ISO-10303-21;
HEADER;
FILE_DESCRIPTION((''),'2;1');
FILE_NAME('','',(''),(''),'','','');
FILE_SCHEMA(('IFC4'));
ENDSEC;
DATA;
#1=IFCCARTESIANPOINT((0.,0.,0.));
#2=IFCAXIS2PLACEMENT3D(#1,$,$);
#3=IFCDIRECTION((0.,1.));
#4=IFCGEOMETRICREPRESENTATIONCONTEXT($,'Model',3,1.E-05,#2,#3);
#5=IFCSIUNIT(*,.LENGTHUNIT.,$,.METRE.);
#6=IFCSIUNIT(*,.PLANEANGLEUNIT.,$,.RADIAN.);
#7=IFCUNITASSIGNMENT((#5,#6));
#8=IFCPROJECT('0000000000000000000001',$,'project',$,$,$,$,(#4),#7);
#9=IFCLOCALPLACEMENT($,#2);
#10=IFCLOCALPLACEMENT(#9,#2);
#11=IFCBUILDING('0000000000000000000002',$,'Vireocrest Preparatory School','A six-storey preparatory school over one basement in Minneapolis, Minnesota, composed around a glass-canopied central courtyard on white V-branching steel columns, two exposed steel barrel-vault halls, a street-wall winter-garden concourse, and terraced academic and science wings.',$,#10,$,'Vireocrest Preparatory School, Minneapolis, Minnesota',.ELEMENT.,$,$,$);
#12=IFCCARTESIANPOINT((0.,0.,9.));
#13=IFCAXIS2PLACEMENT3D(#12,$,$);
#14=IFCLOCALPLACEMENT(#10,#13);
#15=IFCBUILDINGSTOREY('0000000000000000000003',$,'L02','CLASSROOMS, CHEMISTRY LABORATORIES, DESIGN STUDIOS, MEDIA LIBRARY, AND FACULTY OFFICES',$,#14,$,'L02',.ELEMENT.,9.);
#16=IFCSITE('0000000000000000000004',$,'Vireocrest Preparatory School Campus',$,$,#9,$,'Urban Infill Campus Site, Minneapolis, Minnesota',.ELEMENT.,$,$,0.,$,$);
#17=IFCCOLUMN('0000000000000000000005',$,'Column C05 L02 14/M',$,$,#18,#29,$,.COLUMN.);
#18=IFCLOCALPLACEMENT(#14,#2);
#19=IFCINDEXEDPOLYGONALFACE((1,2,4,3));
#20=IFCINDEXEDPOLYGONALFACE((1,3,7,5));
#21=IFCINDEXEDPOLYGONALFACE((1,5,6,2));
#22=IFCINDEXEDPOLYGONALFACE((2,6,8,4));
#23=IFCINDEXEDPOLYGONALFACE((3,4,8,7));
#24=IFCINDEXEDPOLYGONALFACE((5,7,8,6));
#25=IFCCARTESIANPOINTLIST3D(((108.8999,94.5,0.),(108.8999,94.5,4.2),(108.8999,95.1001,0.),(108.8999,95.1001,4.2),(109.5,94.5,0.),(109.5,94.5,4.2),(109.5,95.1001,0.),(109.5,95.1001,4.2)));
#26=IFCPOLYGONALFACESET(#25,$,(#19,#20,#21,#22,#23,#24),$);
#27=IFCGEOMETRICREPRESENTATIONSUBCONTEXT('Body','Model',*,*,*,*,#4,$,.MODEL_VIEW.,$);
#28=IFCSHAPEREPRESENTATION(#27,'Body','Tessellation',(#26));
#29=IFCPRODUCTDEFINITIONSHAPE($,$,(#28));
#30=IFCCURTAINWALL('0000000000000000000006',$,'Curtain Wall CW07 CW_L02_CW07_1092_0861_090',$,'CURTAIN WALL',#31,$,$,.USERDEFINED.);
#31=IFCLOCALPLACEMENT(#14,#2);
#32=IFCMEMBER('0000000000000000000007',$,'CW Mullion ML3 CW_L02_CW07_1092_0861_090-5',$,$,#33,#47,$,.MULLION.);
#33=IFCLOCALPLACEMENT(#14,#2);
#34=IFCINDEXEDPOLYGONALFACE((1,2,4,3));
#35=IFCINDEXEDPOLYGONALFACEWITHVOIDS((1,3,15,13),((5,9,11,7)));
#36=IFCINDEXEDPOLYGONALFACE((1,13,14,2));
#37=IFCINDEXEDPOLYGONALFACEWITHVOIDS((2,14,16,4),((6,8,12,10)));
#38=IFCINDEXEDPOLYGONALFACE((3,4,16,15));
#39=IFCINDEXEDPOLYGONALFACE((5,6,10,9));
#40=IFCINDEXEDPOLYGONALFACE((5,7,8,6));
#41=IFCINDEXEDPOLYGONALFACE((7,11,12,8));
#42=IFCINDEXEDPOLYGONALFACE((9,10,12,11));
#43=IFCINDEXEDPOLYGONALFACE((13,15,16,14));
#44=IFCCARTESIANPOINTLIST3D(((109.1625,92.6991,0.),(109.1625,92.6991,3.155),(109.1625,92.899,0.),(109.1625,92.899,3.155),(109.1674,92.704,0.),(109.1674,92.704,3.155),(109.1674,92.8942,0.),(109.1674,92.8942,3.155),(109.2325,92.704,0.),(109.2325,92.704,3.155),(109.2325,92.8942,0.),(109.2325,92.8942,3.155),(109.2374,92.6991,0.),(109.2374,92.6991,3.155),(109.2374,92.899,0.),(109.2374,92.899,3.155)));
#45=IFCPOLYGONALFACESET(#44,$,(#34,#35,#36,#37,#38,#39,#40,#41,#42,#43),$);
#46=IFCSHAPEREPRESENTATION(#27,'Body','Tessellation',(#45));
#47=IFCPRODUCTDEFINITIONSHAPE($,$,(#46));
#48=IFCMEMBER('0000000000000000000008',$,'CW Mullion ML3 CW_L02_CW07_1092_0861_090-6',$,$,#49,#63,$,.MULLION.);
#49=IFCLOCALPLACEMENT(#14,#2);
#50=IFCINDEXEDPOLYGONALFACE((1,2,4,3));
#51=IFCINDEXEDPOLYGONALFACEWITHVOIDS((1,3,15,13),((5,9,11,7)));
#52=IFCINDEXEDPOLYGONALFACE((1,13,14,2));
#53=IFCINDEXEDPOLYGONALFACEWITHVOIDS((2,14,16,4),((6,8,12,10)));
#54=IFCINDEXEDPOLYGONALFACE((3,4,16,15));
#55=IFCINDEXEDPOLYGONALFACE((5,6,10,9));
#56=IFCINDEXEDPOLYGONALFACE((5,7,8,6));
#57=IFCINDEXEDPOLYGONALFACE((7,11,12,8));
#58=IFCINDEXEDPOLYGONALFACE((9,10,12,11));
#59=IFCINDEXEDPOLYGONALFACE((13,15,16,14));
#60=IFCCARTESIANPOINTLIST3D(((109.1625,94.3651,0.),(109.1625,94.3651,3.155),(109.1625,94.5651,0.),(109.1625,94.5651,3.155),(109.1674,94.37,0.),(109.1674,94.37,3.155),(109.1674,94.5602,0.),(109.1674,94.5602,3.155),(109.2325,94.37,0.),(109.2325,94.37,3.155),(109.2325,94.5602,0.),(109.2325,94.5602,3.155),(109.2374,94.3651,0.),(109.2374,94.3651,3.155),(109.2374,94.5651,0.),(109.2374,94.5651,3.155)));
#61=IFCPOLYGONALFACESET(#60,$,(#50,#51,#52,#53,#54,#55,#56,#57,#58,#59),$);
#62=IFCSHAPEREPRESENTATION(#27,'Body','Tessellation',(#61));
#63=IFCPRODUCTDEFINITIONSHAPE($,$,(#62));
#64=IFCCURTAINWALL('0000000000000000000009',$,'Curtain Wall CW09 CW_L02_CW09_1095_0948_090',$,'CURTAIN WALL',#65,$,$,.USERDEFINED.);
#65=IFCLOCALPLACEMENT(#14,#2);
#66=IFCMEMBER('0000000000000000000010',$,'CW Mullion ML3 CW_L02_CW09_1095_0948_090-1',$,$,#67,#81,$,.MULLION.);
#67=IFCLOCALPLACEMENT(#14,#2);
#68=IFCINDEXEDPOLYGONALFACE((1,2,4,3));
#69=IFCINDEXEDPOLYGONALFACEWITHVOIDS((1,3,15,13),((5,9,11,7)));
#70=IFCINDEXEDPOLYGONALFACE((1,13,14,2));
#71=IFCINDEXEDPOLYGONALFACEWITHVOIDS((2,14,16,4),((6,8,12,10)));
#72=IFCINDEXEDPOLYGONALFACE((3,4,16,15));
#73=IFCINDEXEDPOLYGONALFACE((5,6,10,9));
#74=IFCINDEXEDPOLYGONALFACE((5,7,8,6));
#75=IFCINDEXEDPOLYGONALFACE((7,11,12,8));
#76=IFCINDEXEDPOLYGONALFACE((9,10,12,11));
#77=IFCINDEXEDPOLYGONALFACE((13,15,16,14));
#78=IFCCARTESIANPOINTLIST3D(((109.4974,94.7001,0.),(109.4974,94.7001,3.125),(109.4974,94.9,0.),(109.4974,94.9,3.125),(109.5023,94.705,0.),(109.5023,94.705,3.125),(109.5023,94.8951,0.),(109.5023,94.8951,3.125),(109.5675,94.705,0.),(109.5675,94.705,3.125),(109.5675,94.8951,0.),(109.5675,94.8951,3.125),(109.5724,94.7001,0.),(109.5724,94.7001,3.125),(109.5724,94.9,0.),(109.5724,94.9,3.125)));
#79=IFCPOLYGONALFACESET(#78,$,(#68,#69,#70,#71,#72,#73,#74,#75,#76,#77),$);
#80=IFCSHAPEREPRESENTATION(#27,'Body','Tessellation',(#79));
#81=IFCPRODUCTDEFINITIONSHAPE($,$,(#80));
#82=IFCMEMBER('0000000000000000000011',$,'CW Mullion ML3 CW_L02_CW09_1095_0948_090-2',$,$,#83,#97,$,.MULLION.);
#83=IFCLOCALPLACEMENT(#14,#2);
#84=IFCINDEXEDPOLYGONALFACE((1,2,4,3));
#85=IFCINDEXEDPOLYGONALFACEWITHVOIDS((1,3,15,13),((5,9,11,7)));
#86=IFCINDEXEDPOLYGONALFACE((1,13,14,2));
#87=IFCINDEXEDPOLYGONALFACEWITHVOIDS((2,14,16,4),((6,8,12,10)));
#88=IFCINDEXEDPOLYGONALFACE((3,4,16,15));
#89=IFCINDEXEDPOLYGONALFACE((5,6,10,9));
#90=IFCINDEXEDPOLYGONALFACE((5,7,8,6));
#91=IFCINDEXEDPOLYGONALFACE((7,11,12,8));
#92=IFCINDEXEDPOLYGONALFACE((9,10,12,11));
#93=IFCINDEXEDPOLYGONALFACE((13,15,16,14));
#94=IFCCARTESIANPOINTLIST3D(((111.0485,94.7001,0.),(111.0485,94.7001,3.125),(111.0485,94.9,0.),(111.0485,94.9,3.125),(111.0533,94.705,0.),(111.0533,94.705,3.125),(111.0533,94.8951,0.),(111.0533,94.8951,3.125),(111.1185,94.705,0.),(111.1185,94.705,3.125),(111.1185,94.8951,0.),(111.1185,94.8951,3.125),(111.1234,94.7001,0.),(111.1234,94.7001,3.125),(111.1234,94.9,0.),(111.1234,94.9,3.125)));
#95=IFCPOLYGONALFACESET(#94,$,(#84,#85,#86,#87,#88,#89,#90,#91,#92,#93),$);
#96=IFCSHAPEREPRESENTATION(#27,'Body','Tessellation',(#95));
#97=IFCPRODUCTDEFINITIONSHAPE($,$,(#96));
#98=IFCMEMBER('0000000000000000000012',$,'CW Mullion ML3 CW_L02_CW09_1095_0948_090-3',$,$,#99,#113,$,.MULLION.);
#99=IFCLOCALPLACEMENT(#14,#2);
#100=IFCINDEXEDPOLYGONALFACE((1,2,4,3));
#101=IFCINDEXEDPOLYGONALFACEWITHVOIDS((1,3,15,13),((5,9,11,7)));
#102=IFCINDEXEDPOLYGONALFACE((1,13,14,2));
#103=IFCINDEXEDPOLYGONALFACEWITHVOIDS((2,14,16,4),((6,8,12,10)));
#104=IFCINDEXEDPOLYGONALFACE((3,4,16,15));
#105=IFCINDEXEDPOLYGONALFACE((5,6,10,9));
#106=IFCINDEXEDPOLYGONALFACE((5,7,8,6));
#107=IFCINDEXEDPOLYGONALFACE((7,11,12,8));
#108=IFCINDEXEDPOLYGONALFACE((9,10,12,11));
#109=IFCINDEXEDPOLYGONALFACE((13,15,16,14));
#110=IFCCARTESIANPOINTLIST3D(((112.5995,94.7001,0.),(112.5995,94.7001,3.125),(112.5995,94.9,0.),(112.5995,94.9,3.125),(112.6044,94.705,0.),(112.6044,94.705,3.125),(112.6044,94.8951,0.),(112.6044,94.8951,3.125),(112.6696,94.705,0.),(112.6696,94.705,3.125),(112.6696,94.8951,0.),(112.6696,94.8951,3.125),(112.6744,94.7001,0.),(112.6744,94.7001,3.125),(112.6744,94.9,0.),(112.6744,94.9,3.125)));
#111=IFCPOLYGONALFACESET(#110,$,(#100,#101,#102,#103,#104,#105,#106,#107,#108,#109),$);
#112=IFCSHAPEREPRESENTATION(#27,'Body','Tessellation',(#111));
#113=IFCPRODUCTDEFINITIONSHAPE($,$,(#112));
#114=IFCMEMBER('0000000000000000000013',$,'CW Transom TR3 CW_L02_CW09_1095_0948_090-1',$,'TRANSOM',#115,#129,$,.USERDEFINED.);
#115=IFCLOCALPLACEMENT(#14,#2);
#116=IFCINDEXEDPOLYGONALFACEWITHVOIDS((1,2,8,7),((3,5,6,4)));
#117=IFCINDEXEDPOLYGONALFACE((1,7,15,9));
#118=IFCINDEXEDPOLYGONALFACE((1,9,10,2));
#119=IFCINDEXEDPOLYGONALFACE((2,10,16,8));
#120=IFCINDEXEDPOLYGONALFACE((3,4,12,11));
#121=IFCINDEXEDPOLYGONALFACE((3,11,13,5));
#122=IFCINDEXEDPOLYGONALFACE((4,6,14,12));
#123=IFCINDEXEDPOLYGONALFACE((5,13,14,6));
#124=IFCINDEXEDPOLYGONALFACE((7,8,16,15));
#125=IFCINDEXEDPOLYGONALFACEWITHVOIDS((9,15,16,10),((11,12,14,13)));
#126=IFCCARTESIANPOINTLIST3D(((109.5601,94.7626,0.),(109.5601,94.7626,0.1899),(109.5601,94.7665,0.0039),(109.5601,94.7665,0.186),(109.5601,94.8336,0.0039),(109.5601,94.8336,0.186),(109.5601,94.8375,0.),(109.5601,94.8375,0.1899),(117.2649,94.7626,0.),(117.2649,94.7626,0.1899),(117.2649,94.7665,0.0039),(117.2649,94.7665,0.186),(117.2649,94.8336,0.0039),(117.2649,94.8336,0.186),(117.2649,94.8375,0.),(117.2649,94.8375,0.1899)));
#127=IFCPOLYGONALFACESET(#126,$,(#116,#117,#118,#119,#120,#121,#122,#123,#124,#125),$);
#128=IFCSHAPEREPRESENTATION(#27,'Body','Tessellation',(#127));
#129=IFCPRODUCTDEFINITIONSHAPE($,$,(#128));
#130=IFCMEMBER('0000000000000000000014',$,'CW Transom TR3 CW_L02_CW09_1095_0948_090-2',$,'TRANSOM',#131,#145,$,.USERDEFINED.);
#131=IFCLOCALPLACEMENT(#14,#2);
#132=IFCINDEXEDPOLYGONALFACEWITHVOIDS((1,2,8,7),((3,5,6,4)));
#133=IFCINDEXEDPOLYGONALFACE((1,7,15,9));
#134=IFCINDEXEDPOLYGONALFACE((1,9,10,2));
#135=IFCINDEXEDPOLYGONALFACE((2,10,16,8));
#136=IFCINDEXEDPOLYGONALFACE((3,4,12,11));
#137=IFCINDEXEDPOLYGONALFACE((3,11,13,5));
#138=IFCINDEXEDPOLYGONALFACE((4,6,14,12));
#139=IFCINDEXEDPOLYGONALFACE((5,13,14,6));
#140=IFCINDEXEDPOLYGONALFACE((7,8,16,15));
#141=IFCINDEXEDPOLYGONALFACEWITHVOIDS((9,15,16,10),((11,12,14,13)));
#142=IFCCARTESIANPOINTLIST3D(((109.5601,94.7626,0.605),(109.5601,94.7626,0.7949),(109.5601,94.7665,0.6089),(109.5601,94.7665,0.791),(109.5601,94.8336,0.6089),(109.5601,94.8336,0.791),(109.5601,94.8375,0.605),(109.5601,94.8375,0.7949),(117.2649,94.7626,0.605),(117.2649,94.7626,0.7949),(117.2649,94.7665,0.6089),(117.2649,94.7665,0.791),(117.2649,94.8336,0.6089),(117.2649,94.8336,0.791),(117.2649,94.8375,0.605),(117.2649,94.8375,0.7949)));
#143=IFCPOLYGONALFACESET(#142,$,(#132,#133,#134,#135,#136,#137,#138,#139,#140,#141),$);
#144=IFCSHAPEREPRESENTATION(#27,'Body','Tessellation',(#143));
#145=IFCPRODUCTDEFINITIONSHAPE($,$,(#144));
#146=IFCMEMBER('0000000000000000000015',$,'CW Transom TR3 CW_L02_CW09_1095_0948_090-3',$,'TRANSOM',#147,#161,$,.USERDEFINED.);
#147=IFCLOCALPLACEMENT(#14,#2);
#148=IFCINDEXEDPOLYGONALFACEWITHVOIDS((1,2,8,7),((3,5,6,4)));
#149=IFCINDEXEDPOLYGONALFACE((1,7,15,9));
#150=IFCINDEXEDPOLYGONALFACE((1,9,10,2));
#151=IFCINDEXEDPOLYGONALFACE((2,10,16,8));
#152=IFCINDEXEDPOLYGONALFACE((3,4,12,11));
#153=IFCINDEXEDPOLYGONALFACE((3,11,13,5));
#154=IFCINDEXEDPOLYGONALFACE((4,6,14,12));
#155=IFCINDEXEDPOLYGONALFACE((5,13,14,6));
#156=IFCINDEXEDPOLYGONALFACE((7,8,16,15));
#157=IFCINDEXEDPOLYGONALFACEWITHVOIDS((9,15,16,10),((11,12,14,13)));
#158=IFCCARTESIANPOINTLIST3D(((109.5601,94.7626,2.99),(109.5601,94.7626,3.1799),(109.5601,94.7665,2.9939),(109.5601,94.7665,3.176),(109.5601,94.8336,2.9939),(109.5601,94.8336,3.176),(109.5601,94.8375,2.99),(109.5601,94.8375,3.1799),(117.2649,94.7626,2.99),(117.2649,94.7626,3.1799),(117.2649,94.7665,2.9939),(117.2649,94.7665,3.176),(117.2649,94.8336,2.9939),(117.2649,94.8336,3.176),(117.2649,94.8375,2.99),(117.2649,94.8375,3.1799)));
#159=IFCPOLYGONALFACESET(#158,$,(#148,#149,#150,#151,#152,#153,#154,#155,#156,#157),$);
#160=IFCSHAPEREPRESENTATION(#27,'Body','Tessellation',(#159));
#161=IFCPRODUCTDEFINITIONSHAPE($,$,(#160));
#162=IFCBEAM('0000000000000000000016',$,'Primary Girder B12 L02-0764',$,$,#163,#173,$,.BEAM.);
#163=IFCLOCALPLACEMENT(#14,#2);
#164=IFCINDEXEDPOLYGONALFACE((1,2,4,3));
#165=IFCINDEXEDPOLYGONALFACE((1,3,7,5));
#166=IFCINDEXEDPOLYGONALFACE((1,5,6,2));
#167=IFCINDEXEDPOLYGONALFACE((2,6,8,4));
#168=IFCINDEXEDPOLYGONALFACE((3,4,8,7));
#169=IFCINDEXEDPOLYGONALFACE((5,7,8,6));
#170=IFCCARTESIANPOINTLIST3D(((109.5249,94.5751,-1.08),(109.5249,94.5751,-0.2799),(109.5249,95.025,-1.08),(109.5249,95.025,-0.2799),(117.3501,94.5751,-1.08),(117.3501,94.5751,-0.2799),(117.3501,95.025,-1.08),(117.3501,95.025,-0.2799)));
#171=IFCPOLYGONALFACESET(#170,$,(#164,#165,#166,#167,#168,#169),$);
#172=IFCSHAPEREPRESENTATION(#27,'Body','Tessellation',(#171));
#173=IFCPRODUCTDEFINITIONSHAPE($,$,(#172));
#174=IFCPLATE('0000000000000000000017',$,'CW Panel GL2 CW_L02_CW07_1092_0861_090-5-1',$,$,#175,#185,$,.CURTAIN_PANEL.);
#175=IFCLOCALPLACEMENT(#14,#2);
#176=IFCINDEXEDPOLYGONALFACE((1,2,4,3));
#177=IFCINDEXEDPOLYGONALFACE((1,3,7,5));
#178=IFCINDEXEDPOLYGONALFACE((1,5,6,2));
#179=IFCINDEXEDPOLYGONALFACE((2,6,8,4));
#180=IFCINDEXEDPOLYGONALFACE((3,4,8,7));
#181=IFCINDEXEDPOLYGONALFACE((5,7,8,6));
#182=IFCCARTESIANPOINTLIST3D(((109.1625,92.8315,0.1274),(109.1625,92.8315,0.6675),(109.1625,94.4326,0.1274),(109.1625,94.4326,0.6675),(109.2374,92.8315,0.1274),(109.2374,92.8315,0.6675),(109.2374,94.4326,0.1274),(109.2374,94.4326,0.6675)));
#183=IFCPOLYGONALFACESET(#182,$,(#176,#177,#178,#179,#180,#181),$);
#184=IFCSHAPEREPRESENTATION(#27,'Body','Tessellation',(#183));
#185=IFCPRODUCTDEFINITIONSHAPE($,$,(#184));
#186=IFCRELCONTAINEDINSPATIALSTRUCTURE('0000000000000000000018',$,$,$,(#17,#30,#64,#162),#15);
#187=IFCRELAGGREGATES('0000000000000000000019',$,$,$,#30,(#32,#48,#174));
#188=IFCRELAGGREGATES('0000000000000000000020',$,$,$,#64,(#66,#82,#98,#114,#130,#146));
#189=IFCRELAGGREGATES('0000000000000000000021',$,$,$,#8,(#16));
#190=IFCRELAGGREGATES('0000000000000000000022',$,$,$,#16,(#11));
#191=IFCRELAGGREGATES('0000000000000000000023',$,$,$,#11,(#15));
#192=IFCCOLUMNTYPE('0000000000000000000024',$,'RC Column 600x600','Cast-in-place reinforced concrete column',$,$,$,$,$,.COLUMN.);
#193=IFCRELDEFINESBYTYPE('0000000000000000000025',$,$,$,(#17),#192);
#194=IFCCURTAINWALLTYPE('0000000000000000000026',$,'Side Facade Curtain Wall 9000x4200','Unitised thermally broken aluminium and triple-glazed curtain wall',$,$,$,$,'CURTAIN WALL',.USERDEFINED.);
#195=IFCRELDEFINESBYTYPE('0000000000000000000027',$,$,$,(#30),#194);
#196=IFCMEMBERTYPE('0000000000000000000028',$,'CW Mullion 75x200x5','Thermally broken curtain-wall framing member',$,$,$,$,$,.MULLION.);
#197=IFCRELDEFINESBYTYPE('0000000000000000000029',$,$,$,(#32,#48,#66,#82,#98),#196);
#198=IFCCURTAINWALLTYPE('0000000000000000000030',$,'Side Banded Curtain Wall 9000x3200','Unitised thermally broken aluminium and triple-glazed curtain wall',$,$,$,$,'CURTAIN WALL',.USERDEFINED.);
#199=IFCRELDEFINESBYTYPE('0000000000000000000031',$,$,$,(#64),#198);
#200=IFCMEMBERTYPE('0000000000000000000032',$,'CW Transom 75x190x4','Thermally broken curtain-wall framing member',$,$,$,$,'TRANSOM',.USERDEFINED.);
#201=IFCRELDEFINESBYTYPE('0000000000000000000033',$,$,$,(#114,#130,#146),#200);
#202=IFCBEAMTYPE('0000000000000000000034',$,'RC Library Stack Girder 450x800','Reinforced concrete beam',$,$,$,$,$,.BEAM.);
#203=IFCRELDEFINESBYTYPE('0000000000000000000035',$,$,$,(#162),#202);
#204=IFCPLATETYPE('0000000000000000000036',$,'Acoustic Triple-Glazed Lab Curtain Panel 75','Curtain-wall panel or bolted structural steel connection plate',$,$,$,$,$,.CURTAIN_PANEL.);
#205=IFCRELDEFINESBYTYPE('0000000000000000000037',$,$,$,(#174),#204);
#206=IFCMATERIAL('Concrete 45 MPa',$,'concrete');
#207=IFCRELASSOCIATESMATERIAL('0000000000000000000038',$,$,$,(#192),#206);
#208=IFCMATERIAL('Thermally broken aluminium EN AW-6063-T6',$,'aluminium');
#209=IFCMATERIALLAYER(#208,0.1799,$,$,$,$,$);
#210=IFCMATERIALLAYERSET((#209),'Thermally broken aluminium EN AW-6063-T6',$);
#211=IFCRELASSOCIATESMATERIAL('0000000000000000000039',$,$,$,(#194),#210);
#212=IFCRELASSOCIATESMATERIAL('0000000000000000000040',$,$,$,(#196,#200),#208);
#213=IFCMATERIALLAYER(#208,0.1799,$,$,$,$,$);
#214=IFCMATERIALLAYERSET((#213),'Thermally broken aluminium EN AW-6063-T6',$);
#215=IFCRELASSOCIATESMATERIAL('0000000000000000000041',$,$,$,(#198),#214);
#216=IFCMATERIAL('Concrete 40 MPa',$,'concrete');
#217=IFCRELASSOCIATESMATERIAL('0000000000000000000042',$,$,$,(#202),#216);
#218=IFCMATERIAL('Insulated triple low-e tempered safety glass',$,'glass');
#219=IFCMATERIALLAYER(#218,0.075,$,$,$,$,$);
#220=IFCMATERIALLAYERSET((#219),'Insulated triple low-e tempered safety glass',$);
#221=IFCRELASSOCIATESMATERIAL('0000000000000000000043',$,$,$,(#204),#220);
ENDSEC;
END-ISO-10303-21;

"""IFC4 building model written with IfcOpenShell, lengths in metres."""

from ifc_helpers import new_model, si_unit, direction, frame, origin, origin_2d, place, context, subcontext, project, spatial, rectangle, hollow_rectangle, extrude, material, layer, layer_set, material_profile, profile_set, type_object, element, aggregate, save


model = new_model("IFC4")

# Units and contexts
model_context = context("Model", 3, precision=1e-05, world=origin(), true_north=direction((0.0, 1.0)))
body_context = subcontext(model_context, "Body", "Model", "MODEL_VIEW")
ifc_project = project(units=[si_unit("LENGTHUNIT", "METRE"), si_unit("PLANEANGLEUNIT", "RADIAN")], contexts=[model_context])

# Site, building, storey
site_placement = place(None, origin())
site = spatial("IfcSite", under=ifc_project, at=site_placement, Name="Vireocrest Preparatory School Campus", LongName="Urban Infill Campus Site, Minneapolis, Minnesota", CompositionType="ELEMENT", RefElevation=0.0)
building_placement = place(site_placement, origin())
building = spatial("IfcBuilding", under=site, at=building_placement, Name="Vireocrest Preparatory School", Description="A six-storey preparatory school over one basement in Minneapolis, Minnesota, composed around a glass-canopied central courtyard on white V-branching steel columns, two exposed steel barrel-vault halls, a street-wall winter-garden concourse, and terraced academic and science wings.", LongName="Vireocrest Preparatory School, Minneapolis, Minnesota", CompositionType="ELEMENT")
storey_placement = place(building_placement, frame((0.0, 0.0, 9.0)))
storey = spatial("IfcBuildingStorey", under=building, at=storey_placement, Name="L02", Description="CLASSROOMS, CHEMISTRY LABORATORIES, DESIGN STUDIOS, MEDIA LIBRARY, AND FACULTY OFFICES", LongName="L02", CompositionType="ELEMENT", Elevation=9.0)

# Column
ifc_material_1 = material(Name="Concrete 45 MPa", Category="concrete")
ifc_material_profile_1 = material_profile(ifc_material_1, rectangle(XDim=0.6001, YDim=0.6001, at=origin_2d()), Name="RC 600x600")
ifc_profile_set_1 = profile_set([ifc_material_profile_1], Name="Concrete 45 MPa")
column_type = type_object("IfcColumnType", Name="RC Column 600x600", Description="Cast-in-place reinforced concrete column", PredefinedType="COLUMN", material=ifc_profile_set_1)
column_placement = place(storey_placement, frame((109.2, 94.8, 0.0), z_axis=(0.0, 0.0, 1.0), x_axis=(1.0, 0.0, 0.0)))
element("IfcColumn", 1, at=column_placement, inside=storey, type_object=column_type, Name="Column C05 L02 14/M", PredefinedType="COLUMN", context=body_context, shape_type="SweptSolid", body=[
    extrude(rectangle(XDim=0.6001, YDim=0.6001, at=origin_2d()), origin(), (0.0, 0.0, 1.0), 4.2),
])

# Curtain walls, members
ifc_material_2 = material(Name="Thermally broken aluminium EN AW-6063-T6", Category="aluminium")
ifc_layer_1 = layer(ifc_material_2, 0.1799)
ifc_layer_set_1 = layer_set([ifc_layer_1], Name="Thermally broken aluminium EN AW-6063-T6")
curtain_wall_type_1 = type_object("IfcCurtainWallType", Name="Side Facade Curtain Wall 9000x4200", Description="Unitised thermally broken aluminium and triple-glazed curtain wall", ElementType="CURTAIN WALL", PredefinedType="USERDEFINED", material=ifc_layer_set_1)
curtain_wall_1_placement = place(storey_placement, origin())
curtain_wall_1 = element("IfcCurtainWall", 2, at=curtain_wall_1_placement, inside=storey, type_object=curtain_wall_type_1, Name="Curtain Wall CW07 CW_L02_CW07_1092_0861_090", ObjectType="CURTAIN WALL", PredefinedType="USERDEFINED")
ifc_material_profile_2 = material_profile(ifc_material_2, hollow_rectangle(XDim=0.075, YDim=0.2, WallThickness=0.0049, at=origin_2d()), Name="ALU 75x200x5")
ifc_profile_set_2 = profile_set([ifc_material_profile_2], Name="Thermally broken aluminium EN AW-6063-T6")
member_type_1 = type_object("IfcMemberType", Name="CW Mullion 75x200x5", Description="Thermally broken curtain-wall framing member", PredefinedType="MULLION", material=ifc_profile_set_2)
member_1_placement = place(storey_placement, frame((109.2, 92.7991, 0.0), z_axis=(0.0, 0.0, 1.0), x_axis=(1.0, 0.0, 0.0)))
member_1 = element("IfcMember", 3, at=member_1_placement, type_object=member_type_1, Name="CW Mullion ML3 CW_L02_CW07_1092_0861_090-5", PredefinedType="MULLION", context=body_context, shape_type="SweptSolid", body=[
    extrude(hollow_rectangle(XDim=0.075, YDim=0.2, WallThickness=0.0049, at=origin_2d()), origin(), (0.0, 0.0, 1.0), 3.155),
])
member_2_placement = place(storey_placement, frame((109.2, 94.4651, 0.0), z_axis=(0.0, 0.0, 1.0), x_axis=(1.0, 0.0, 0.0)))
member_2 = element("IfcMember", 4, at=member_2_placement, type_object=member_type_1, Name="CW Mullion ML3 CW_L02_CW07_1092_0861_090-6", PredefinedType="MULLION", context=body_context, shape_type="SweptSolid", body=[
    extrude(hollow_rectangle(XDim=0.075, YDim=0.2, WallThickness=0.0049, at=origin_2d()), origin(), (0.0, 0.0, 1.0), 3.155),
])
ifc_layer_2 = layer(ifc_material_2, 0.1799)
ifc_layer_set_2 = layer_set([ifc_layer_2], Name="Thermally broken aluminium EN AW-6063-T6")
curtain_wall_type_2 = type_object("IfcCurtainWallType", Name="Side Banded Curtain Wall 9000x3200", Description="Unitised thermally broken aluminium and triple-glazed curtain wall", ElementType="CURTAIN WALL", PredefinedType="USERDEFINED", material=ifc_layer_set_2)
curtain_wall_2_placement = place(storey_placement, origin())
curtain_wall_2 = element("IfcCurtainWall", 5, at=curtain_wall_2_placement, inside=storey, type_object=curtain_wall_type_2, Name="Curtain Wall CW09 CW_L02_CW09_1095_0948_090", ObjectType="CURTAIN WALL", PredefinedType="USERDEFINED")
member_3_placement = place(storey_placement, frame((109.5349, 94.8, 0.0), z_axis=(0.0, 0.0, 1.0), x_axis=(1.0, 0.0, 0.0)))
member_3 = element("IfcMember", 6, at=member_3_placement, type_object=member_type_1, Name="CW Mullion ML3 CW_L02_CW09_1095_0948_090-1", PredefinedType="MULLION", context=body_context, shape_type="SweptSolid", body=[
    extrude(hollow_rectangle(XDim=0.075, YDim=0.2, WallThickness=0.0049, at=origin_2d()), origin(), (0.0, 0.0, 1.0), 3.125),
])
member_4_placement = place(storey_placement, frame((111.0859, 94.8, 0.0), z_axis=(0.0, 0.0, 1.0), x_axis=(1.0, 0.0, 0.0)))
member_4 = element("IfcMember", 7, at=member_4_placement, type_object=member_type_1, Name="CW Mullion ML3 CW_L02_CW09_1095_0948_090-2", PredefinedType="MULLION", context=body_context, shape_type="SweptSolid", body=[
    extrude(hollow_rectangle(XDim=0.075, YDim=0.2, WallThickness=0.0049, at=origin_2d()), origin(), (0.0, 0.0, 1.0), 3.125),
])
member_5_placement = place(storey_placement, frame((112.637, 94.8, 0.0), z_axis=(0.0, 0.0, 1.0), x_axis=(1.0, 0.0, 0.0)))
member_5 = element("IfcMember", 8, at=member_5_placement, type_object=member_type_1, Name="CW Mullion ML3 CW_L02_CW09_1095_0948_090-3", PredefinedType="MULLION", context=body_context, shape_type="SweptSolid", body=[
    extrude(hollow_rectangle(XDim=0.075, YDim=0.2, WallThickness=0.0049, at=origin_2d()), origin(), (0.0, 0.0, 1.0), 3.125),
])
ifc_material_profile_3 = material_profile(ifc_material_2, hollow_rectangle(XDim=0.075, YDim=0.1899, WallThickness=0.0039, at=origin_2d()), Name="ALU 75x190x4")
ifc_profile_set_3 = profile_set([ifc_material_profile_3], Name="Thermally broken aluminium EN AW-6063-T6")
member_type_2 = type_object("IfcMemberType", Name="CW Transom 75x190x4", Description="Thermally broken curtain-wall framing member", ElementType="TRANSOM", PredefinedType="USERDEFINED", material=ifc_profile_set_3)
member_6_placement = place(storey_placement, frame((109.5601, 94.8, 0.095), z_axis=(1.0, 0.0, 0.0), x_axis=(0.0, 1.0, 0.0)))
member_6 = element("IfcMember", 9, at=member_6_placement, type_object=member_type_2, Name="CW Transom TR3 CW_L02_CW09_1095_0948_090-1", ObjectType="TRANSOM", PredefinedType="USERDEFINED", context=body_context, shape_type="SweptSolid", body=[
    extrude(hollow_rectangle(XDim=0.075, YDim=0.1899, WallThickness=0.0039, at=origin_2d()), origin(), (0.0, 0.0, 1.0), 7.7048),
])
member_7_placement = place(storey_placement, frame((109.5601, 94.8, 0.7), z_axis=(1.0, 0.0, 0.0), x_axis=(0.0, 1.0, 0.0)))
member_7 = element("IfcMember", 10, at=member_7_placement, type_object=member_type_2, Name="CW Transom TR3 CW_L02_CW09_1095_0948_090-2", ObjectType="TRANSOM", PredefinedType="USERDEFINED", context=body_context, shape_type="SweptSolid", body=[
    extrude(hollow_rectangle(XDim=0.075, YDim=0.1899, WallThickness=0.0039, at=origin_2d()), origin(), (0.0, 0.0, 1.0), 7.7048),
])
member_8_placement = place(storey_placement, frame((109.5601, 94.8, 3.085), z_axis=(1.0, 0.0, 0.0), x_axis=(0.0, 1.0, 0.0)))
member_8 = element("IfcMember", 11, at=member_8_placement, type_object=member_type_2, Name="CW Transom TR3 CW_L02_CW09_1095_0948_090-3", ObjectType="TRANSOM", PredefinedType="USERDEFINED", context=body_context, shape_type="SweptSolid", body=[
    extrude(hollow_rectangle(XDim=0.075, YDim=0.1899, WallThickness=0.0039, at=origin_2d()), origin(), (0.0, 0.0, 1.0), 7.7048),
])

# Beam
ifc_material_3 = material(Name="Concrete 40 MPa", Category="concrete")
ifc_material_profile_4 = material_profile(ifc_material_3, rectangle(XDim=0.45, YDim=0.8, at=origin_2d()), Name="RC 450x800")
ifc_profile_set_4 = profile_set([ifc_material_profile_4], Name="Concrete 40 MPa")
beam_type = type_object("IfcBeamType", Name="RC Library Stack Girder 450x800", Description="Reinforced concrete beam", PredefinedType="BEAM", material=ifc_profile_set_4)
beam_placement = place(storey_placement, frame((109.5249, 94.8, -0.6799), z_axis=(1.0, 0.0, 0.0), x_axis=(0.0, 1.0, 0.0)))
element("IfcBeam", 12, at=beam_placement, inside=storey, type_object=beam_type, Name="Primary Girder B12 L02-0764", PredefinedType="BEAM", context=body_context, shape_type="SweptSolid", body=[
    extrude(rectangle(XDim=0.45, YDim=0.8, at=origin_2d()), origin(), (0.0, 0.0, 1.0), 7.8252),
])

# Plate
ifc_material_4 = material(Name="Insulated triple low-e tempered safety glass", Category="glass")
ifc_layer_3 = layer(ifc_material_4, 0.075)
ifc_layer_set_3 = layer_set([ifc_layer_3], Name="Insulated triple low-e tempered safety glass")
plate_type = type_object("IfcPlateType", Name="Acoustic Triple-Glazed Lab Curtain Panel 75", Description="Curtain-wall panel or bolted structural steel connection plate", PredefinedType="CURTAIN_PANEL", material=ifc_layer_set_3)
plate_1_placement = place(storey_placement, frame((109.2, 93.6321, 0.1274), z_axis=(0.0, 0.0, 1.0), x_axis=(0.0, 1.0, 0.0)))
plate_1 = element("IfcPlate", 13, at=plate_1_placement, type_object=plate_type, Name="CW Panel GL2 CW_L02_CW07_1092_0861_090-5-1", PredefinedType="CURTAIN_PANEL", context=body_context, shape_type="SweptSolid", body=[
    extrude(rectangle(XDim=1.6011, YDim=0.075, at=origin_2d()), origin(), (0.0, 0.0, 1.0), 0.54),
])
aggregate(curtain_wall_1, [member_1, member_2, plate_1])
aggregate(curtain_wall_2, [member_3, member_4, member_5, member_6, member_7, member_8])

save(model, "model.ifc")
